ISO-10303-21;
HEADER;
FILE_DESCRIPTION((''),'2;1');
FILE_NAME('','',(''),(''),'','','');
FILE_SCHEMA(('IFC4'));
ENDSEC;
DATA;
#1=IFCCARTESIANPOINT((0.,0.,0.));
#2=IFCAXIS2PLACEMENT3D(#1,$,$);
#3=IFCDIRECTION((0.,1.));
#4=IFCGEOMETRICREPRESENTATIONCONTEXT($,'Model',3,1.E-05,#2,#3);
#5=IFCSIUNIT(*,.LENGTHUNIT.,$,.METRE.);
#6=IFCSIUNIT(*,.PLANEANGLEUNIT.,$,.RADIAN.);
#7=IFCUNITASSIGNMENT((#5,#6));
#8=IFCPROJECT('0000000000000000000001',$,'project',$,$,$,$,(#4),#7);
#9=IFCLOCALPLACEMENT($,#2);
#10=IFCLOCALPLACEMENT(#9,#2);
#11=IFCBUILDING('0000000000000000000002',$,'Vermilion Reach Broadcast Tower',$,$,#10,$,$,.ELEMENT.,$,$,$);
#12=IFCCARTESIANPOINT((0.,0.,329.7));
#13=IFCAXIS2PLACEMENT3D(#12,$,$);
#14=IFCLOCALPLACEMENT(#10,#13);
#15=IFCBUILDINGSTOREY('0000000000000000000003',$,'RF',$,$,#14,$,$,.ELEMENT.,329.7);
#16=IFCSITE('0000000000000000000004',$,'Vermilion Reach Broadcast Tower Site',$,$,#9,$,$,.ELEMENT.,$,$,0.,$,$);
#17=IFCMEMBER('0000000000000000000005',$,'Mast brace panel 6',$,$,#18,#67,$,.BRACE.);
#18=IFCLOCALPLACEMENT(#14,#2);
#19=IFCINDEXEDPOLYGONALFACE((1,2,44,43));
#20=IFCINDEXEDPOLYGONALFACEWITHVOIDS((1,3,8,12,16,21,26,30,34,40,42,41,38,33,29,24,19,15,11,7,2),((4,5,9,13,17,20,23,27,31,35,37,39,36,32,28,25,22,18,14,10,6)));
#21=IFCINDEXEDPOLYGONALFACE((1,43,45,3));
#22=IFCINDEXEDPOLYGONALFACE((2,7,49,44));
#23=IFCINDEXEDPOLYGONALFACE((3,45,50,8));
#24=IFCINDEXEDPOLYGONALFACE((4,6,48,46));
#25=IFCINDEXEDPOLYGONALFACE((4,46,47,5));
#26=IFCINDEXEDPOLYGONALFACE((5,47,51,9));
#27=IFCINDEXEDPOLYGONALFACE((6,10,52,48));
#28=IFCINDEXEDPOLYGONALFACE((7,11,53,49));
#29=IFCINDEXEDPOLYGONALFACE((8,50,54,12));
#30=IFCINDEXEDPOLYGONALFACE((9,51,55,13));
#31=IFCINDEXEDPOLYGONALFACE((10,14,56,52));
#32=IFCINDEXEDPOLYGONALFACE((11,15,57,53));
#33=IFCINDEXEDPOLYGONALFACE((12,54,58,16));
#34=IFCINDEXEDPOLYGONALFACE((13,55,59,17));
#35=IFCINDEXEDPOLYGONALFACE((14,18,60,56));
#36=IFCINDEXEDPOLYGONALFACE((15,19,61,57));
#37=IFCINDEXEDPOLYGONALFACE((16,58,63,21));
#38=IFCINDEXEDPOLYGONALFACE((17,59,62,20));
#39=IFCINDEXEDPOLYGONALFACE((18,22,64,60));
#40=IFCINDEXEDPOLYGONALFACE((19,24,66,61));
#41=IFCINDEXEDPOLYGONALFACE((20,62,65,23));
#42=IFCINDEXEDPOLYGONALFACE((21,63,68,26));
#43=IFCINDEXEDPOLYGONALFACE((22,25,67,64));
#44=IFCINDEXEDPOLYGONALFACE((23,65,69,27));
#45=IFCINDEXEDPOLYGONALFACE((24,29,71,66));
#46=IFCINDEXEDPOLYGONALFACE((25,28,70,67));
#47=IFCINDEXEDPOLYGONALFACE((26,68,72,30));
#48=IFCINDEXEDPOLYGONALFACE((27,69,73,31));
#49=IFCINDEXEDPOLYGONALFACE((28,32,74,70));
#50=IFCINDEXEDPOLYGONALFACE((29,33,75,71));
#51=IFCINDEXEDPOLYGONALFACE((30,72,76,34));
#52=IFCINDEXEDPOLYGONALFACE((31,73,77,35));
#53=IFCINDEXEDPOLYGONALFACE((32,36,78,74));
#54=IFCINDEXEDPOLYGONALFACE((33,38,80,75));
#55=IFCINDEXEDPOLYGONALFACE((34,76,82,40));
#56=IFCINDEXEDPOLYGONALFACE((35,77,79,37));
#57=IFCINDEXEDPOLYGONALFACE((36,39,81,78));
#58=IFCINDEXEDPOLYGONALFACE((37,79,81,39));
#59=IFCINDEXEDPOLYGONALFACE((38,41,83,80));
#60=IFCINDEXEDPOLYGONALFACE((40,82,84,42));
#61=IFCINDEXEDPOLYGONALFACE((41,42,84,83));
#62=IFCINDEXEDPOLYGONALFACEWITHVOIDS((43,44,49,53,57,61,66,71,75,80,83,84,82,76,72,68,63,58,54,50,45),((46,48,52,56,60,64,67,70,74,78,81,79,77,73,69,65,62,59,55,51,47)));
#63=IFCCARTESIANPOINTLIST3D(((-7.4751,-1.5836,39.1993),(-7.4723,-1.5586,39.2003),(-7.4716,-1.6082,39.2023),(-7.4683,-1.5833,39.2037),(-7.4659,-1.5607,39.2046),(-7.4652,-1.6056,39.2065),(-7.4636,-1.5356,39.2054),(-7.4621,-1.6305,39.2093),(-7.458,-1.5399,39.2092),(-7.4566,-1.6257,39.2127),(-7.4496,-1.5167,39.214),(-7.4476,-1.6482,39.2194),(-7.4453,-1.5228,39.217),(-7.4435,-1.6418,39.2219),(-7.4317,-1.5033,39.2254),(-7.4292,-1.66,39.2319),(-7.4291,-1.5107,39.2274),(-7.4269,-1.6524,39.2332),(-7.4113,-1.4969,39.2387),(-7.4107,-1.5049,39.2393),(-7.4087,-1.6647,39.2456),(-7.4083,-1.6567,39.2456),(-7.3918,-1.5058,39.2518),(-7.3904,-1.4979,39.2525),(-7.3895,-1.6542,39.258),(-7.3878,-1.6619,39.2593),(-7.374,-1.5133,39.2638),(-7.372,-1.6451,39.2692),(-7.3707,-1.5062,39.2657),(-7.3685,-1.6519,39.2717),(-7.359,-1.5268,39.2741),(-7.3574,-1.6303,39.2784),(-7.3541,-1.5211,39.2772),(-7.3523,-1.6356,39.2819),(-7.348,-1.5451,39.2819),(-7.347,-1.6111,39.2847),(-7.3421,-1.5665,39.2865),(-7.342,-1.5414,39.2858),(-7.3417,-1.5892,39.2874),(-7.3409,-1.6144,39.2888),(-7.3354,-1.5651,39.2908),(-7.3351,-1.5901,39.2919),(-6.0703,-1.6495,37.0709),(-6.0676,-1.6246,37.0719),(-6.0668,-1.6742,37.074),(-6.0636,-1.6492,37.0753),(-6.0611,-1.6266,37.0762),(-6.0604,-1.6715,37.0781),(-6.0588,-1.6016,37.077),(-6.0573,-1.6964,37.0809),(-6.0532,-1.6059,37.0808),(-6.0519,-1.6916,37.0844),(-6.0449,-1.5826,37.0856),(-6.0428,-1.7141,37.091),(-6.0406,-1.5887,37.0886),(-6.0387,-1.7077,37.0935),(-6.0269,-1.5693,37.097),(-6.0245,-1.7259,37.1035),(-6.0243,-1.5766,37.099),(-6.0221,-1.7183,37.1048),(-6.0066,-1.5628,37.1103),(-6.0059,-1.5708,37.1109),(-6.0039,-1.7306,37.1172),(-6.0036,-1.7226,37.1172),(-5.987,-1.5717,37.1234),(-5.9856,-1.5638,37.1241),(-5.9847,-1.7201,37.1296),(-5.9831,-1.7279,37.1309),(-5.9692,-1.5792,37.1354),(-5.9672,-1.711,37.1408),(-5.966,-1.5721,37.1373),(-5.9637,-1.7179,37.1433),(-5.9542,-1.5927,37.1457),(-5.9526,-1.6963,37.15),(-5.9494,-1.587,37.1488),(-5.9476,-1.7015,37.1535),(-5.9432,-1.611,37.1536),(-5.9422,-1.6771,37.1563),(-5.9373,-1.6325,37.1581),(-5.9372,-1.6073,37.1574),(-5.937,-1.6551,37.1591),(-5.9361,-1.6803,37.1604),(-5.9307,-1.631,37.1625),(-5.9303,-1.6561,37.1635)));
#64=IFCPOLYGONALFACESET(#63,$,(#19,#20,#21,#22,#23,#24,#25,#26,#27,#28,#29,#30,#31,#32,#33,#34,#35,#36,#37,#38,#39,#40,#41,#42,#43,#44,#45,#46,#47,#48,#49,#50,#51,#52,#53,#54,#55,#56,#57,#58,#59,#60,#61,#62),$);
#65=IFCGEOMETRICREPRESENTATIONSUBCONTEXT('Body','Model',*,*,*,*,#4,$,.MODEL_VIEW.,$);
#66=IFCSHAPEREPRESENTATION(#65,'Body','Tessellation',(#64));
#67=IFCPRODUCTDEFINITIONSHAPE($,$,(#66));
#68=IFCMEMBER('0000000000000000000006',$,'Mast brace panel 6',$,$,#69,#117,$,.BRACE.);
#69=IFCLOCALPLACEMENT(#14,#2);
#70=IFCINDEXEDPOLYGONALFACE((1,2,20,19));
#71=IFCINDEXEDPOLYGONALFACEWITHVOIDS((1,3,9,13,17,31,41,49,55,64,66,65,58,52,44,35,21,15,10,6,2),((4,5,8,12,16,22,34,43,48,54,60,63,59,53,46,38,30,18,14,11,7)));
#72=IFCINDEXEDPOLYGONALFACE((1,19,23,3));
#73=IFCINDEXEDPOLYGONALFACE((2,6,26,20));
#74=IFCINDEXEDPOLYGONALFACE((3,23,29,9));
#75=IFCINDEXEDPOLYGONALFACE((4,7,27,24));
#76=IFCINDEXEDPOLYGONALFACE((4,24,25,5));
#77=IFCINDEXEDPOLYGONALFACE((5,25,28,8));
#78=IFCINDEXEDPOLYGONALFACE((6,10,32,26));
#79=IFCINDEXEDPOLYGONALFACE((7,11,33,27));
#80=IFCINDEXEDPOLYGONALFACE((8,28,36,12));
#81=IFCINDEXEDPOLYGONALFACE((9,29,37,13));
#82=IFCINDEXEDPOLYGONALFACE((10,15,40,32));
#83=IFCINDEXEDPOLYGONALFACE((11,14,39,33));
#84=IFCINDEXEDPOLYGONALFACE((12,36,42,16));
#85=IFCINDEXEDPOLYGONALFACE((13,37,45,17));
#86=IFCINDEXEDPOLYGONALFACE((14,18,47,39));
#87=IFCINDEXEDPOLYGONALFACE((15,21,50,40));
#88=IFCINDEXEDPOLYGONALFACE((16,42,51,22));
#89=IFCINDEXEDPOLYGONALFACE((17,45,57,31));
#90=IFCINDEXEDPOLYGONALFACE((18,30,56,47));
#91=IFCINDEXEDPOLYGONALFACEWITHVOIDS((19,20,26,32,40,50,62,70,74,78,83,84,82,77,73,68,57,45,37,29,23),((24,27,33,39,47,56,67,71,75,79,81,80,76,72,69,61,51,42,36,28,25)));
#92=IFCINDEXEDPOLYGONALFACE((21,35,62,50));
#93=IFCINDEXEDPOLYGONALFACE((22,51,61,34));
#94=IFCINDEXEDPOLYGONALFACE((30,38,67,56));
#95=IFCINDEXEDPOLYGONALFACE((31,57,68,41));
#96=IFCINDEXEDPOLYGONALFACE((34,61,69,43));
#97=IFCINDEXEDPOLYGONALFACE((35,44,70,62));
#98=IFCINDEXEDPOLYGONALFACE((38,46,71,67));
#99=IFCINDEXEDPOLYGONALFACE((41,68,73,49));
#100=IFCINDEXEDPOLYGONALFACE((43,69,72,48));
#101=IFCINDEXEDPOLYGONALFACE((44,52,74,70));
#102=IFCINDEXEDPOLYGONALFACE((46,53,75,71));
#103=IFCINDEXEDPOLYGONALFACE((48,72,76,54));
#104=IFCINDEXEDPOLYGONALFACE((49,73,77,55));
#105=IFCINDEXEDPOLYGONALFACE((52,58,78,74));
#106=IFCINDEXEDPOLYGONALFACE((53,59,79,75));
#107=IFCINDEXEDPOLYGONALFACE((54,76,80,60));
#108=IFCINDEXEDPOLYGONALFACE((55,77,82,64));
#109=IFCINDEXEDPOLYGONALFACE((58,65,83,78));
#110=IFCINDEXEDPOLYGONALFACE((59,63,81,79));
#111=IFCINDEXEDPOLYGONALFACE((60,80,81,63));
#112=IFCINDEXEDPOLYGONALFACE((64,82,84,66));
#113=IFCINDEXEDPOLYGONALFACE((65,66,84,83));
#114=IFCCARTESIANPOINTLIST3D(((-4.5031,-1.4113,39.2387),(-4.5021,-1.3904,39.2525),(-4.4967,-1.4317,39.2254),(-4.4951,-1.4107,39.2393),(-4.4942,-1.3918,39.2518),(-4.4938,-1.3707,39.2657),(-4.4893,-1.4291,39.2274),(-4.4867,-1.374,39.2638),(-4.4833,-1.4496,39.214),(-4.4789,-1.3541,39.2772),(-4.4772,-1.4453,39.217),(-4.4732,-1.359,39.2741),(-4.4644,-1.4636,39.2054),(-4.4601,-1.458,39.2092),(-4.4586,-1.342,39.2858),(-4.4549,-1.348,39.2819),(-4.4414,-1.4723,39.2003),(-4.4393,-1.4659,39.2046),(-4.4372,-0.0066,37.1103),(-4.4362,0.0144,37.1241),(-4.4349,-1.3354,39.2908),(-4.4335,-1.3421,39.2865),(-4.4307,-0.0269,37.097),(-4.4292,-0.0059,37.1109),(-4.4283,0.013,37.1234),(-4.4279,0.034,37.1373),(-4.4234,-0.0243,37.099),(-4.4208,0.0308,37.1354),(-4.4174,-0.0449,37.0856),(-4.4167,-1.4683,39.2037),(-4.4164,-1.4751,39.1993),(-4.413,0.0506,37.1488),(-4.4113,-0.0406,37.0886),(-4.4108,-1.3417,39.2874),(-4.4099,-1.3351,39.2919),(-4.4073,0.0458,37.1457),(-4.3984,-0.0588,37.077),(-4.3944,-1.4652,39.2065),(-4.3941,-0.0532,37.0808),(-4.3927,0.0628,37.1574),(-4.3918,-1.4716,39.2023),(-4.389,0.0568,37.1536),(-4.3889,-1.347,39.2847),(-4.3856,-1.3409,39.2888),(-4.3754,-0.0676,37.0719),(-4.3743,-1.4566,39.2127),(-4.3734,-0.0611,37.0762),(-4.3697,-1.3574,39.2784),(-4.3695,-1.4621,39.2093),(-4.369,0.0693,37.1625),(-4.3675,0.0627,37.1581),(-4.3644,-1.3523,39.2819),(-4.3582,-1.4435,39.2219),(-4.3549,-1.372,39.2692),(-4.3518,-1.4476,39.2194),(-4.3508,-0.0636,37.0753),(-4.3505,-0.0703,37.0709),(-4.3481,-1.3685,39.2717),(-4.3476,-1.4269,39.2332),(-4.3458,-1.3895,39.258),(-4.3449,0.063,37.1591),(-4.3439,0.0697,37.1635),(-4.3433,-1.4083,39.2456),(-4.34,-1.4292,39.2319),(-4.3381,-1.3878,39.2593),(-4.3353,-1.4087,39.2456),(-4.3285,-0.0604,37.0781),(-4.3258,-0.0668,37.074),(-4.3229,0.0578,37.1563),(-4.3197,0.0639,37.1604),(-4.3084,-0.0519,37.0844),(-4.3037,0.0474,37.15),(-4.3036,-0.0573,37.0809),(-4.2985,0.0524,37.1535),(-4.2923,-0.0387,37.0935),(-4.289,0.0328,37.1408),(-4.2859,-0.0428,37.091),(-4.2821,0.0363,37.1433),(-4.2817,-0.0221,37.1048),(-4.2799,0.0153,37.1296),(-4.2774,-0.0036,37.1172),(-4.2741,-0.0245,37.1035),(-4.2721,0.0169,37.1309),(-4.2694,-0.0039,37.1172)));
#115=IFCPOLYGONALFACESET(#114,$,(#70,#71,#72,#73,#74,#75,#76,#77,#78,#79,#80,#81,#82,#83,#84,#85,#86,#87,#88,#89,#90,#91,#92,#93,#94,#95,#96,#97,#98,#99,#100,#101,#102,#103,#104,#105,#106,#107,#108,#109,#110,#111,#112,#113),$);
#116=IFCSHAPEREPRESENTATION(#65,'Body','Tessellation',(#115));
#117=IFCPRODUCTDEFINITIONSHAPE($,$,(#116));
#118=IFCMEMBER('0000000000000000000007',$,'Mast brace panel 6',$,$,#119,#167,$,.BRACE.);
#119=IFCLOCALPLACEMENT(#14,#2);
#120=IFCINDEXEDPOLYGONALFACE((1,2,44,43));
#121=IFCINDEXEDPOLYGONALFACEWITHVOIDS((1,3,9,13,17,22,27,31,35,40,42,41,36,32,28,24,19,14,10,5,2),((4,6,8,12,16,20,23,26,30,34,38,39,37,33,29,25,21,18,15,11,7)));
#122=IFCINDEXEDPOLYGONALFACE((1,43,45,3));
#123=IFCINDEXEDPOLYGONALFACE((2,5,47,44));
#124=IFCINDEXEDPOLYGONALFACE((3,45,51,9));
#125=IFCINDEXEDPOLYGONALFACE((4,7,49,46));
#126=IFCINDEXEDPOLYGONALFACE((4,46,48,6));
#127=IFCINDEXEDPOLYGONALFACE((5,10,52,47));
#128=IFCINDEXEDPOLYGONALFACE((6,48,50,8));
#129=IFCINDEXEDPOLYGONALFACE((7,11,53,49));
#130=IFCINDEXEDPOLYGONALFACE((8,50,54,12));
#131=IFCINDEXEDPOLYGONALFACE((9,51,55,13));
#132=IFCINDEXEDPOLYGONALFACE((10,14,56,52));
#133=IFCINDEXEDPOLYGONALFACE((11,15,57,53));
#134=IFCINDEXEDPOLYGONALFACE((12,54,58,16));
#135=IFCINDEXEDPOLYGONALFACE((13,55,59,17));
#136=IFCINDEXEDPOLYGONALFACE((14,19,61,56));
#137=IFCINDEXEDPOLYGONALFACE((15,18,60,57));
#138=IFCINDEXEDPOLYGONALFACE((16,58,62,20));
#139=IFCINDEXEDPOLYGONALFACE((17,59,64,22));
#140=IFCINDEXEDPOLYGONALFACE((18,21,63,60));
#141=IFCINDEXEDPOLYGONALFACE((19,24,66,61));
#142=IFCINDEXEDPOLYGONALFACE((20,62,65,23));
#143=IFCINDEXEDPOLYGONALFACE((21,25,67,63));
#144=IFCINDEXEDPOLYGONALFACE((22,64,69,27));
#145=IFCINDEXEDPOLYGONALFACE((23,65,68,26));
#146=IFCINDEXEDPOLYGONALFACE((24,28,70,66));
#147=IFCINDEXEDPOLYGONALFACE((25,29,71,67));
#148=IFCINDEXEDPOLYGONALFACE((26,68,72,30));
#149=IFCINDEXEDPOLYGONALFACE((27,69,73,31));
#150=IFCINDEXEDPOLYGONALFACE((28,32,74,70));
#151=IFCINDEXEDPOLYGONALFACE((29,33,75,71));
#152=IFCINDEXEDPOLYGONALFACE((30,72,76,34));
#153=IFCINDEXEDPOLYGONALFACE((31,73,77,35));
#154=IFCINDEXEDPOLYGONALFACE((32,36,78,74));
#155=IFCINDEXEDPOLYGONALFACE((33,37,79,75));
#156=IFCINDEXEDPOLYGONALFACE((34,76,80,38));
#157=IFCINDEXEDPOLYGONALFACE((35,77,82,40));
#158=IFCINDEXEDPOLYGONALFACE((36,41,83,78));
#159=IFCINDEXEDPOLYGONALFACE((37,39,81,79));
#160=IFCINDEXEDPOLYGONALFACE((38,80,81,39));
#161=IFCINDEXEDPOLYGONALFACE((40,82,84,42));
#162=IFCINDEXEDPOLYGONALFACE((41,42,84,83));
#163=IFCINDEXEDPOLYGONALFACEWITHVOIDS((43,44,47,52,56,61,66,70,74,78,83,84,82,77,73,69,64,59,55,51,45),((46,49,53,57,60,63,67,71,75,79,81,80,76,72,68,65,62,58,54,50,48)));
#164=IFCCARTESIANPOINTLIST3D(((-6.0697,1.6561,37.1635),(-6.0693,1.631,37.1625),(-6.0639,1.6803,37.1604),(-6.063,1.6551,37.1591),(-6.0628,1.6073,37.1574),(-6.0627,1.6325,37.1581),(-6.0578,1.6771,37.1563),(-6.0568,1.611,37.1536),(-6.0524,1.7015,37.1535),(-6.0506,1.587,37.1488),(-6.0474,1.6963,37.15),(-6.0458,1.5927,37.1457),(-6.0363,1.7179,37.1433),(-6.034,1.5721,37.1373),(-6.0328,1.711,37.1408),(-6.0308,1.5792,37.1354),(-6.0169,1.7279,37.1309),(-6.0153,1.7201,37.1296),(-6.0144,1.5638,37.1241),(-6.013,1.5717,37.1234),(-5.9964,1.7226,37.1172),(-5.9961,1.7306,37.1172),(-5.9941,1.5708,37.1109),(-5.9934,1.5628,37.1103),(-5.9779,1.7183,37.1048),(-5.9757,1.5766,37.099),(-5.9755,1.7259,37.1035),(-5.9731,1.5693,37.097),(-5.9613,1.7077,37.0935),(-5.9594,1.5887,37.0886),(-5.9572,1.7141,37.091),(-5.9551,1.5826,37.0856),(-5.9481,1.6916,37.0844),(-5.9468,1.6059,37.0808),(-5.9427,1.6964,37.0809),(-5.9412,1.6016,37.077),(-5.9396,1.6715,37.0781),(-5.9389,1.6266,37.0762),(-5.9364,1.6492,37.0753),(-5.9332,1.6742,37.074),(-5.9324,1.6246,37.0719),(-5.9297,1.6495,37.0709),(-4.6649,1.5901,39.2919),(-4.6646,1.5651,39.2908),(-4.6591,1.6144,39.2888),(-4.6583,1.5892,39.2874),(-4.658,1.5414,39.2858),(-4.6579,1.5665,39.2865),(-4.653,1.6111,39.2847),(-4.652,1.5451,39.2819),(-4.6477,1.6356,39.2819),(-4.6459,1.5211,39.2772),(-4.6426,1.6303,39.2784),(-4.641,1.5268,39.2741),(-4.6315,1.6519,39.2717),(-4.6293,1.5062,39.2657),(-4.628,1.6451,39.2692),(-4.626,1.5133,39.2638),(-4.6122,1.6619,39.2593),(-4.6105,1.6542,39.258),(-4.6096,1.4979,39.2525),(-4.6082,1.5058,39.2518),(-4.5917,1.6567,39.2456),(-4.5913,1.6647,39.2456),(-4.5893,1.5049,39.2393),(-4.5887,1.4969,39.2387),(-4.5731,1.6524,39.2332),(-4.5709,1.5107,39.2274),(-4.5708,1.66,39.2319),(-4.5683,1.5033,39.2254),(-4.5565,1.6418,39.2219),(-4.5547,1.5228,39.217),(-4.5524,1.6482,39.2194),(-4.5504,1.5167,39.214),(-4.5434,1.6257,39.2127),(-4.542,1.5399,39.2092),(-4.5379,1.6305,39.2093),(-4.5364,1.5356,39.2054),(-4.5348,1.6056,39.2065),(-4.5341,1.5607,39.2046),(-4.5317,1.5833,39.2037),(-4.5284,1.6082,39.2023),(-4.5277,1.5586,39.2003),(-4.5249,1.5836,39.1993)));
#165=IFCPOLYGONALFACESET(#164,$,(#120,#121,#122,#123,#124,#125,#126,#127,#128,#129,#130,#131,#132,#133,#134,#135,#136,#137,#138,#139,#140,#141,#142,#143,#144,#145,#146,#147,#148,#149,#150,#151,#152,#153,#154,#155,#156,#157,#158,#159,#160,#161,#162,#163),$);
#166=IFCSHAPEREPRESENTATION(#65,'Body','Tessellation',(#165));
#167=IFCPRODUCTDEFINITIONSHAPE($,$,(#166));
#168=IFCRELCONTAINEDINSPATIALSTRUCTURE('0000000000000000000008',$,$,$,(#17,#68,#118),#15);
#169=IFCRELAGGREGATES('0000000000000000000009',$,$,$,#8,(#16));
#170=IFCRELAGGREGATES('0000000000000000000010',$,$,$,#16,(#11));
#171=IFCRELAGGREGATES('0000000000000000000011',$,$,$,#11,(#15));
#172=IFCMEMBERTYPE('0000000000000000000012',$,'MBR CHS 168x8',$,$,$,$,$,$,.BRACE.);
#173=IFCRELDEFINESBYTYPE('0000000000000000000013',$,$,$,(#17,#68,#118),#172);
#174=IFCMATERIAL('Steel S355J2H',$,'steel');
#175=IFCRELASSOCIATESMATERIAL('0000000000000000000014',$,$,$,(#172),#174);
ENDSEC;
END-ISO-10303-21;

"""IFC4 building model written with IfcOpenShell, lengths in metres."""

from ifc_helpers import new_model, si_unit, direction, frame, origin, origin_2d, place, context, subcontext, project, spatial, hollow_circle, extrude, material, material_profile, profile_set, type_object, element, save


model = new_model("IFC4")

# Units and contexts
model_context = context("Model", 3, precision=1e-05, world=origin(), true_north=direction((0.0, 1.0)))
body_context = subcontext(model_context, "Body", "Model", "MODEL_VIEW")
ifc_project = project(units=[si_unit("LENGTHUNIT", "METRE"), si_unit("PLANEANGLEUNIT", "RADIAN")], contexts=[model_context])

# Site, building, storey
site_placement = place(None, origin())
site = spatial("IfcSite", under=ifc_project, at=site_placement, Name="Vermilion Reach Broadcast Tower Site", CompositionType="ELEMENT", RefElevation=0.0)
building_placement = place(site_placement, origin())
building = spatial("IfcBuilding", under=site, at=building_placement, Name="Vermilion Reach Broadcast Tower", CompositionType="ELEMENT")
storey_placement = place(building_placement, frame((0.0, 0.0, 329.7)))
storey = spatial("IfcBuildingStorey", under=building, at=storey_placement, Name="RF", CompositionType="ELEMENT", Elevation=329.7)

# Members
ifc_material_1 = material(Name="Steel S355J2H", Category="steel")
ifc_material_profile_1 = material_profile(ifc_material_1, hollow_circle(Radius=0.0842, WallThickness=0.0081, at=origin_2d()), Name="S355J2H CHS 168x8")
ifc_profile_set_1 = profile_set([ifc_material_profile_1], Name="Steel S355J2H")
member_type_1 = type_object("IfcMemberType", Name="MBR CHS 168x8", PredefinedType="BRACE", material=ifc_profile_set_1)
for number, where, z_axis, x_axis, name in (
    (1, (-6.0, -1.6465, 37.1172), (-0.550666, 0.025839, 0.834325), (-0.046872, -0.998901, 0.0), "Mast brace panel 6"),
    (2, (-4.3535, 0.0, 37.1172), (-0.025839, -0.550666, 0.834325), (0.998901, -0.046872, 0.0), "Mast brace panel 6"),
    (3, (-6.0, 1.6465, 37.1172), (0.550666, -0.025839, 0.834325), (0.046872, 0.998901, 0.0), "Mast brace panel 6"),
):
    element("IfcMember", number, at=place(storey_placement, frame(where, z_axis=z_axis, x_axis=x_axis)), inside=storey, type_object=member_type_1, Name=name, PredefinedType="BRACE", context=body_context, shape_type="SweptSolid", body=[
        extrude(hollow_circle(Radius=0.0842, WallThickness=0.0081, at=origin_2d()), origin(), (0.0, 0.0, 1.0), 2.551),
    ])

save(model, "model.ifc")
